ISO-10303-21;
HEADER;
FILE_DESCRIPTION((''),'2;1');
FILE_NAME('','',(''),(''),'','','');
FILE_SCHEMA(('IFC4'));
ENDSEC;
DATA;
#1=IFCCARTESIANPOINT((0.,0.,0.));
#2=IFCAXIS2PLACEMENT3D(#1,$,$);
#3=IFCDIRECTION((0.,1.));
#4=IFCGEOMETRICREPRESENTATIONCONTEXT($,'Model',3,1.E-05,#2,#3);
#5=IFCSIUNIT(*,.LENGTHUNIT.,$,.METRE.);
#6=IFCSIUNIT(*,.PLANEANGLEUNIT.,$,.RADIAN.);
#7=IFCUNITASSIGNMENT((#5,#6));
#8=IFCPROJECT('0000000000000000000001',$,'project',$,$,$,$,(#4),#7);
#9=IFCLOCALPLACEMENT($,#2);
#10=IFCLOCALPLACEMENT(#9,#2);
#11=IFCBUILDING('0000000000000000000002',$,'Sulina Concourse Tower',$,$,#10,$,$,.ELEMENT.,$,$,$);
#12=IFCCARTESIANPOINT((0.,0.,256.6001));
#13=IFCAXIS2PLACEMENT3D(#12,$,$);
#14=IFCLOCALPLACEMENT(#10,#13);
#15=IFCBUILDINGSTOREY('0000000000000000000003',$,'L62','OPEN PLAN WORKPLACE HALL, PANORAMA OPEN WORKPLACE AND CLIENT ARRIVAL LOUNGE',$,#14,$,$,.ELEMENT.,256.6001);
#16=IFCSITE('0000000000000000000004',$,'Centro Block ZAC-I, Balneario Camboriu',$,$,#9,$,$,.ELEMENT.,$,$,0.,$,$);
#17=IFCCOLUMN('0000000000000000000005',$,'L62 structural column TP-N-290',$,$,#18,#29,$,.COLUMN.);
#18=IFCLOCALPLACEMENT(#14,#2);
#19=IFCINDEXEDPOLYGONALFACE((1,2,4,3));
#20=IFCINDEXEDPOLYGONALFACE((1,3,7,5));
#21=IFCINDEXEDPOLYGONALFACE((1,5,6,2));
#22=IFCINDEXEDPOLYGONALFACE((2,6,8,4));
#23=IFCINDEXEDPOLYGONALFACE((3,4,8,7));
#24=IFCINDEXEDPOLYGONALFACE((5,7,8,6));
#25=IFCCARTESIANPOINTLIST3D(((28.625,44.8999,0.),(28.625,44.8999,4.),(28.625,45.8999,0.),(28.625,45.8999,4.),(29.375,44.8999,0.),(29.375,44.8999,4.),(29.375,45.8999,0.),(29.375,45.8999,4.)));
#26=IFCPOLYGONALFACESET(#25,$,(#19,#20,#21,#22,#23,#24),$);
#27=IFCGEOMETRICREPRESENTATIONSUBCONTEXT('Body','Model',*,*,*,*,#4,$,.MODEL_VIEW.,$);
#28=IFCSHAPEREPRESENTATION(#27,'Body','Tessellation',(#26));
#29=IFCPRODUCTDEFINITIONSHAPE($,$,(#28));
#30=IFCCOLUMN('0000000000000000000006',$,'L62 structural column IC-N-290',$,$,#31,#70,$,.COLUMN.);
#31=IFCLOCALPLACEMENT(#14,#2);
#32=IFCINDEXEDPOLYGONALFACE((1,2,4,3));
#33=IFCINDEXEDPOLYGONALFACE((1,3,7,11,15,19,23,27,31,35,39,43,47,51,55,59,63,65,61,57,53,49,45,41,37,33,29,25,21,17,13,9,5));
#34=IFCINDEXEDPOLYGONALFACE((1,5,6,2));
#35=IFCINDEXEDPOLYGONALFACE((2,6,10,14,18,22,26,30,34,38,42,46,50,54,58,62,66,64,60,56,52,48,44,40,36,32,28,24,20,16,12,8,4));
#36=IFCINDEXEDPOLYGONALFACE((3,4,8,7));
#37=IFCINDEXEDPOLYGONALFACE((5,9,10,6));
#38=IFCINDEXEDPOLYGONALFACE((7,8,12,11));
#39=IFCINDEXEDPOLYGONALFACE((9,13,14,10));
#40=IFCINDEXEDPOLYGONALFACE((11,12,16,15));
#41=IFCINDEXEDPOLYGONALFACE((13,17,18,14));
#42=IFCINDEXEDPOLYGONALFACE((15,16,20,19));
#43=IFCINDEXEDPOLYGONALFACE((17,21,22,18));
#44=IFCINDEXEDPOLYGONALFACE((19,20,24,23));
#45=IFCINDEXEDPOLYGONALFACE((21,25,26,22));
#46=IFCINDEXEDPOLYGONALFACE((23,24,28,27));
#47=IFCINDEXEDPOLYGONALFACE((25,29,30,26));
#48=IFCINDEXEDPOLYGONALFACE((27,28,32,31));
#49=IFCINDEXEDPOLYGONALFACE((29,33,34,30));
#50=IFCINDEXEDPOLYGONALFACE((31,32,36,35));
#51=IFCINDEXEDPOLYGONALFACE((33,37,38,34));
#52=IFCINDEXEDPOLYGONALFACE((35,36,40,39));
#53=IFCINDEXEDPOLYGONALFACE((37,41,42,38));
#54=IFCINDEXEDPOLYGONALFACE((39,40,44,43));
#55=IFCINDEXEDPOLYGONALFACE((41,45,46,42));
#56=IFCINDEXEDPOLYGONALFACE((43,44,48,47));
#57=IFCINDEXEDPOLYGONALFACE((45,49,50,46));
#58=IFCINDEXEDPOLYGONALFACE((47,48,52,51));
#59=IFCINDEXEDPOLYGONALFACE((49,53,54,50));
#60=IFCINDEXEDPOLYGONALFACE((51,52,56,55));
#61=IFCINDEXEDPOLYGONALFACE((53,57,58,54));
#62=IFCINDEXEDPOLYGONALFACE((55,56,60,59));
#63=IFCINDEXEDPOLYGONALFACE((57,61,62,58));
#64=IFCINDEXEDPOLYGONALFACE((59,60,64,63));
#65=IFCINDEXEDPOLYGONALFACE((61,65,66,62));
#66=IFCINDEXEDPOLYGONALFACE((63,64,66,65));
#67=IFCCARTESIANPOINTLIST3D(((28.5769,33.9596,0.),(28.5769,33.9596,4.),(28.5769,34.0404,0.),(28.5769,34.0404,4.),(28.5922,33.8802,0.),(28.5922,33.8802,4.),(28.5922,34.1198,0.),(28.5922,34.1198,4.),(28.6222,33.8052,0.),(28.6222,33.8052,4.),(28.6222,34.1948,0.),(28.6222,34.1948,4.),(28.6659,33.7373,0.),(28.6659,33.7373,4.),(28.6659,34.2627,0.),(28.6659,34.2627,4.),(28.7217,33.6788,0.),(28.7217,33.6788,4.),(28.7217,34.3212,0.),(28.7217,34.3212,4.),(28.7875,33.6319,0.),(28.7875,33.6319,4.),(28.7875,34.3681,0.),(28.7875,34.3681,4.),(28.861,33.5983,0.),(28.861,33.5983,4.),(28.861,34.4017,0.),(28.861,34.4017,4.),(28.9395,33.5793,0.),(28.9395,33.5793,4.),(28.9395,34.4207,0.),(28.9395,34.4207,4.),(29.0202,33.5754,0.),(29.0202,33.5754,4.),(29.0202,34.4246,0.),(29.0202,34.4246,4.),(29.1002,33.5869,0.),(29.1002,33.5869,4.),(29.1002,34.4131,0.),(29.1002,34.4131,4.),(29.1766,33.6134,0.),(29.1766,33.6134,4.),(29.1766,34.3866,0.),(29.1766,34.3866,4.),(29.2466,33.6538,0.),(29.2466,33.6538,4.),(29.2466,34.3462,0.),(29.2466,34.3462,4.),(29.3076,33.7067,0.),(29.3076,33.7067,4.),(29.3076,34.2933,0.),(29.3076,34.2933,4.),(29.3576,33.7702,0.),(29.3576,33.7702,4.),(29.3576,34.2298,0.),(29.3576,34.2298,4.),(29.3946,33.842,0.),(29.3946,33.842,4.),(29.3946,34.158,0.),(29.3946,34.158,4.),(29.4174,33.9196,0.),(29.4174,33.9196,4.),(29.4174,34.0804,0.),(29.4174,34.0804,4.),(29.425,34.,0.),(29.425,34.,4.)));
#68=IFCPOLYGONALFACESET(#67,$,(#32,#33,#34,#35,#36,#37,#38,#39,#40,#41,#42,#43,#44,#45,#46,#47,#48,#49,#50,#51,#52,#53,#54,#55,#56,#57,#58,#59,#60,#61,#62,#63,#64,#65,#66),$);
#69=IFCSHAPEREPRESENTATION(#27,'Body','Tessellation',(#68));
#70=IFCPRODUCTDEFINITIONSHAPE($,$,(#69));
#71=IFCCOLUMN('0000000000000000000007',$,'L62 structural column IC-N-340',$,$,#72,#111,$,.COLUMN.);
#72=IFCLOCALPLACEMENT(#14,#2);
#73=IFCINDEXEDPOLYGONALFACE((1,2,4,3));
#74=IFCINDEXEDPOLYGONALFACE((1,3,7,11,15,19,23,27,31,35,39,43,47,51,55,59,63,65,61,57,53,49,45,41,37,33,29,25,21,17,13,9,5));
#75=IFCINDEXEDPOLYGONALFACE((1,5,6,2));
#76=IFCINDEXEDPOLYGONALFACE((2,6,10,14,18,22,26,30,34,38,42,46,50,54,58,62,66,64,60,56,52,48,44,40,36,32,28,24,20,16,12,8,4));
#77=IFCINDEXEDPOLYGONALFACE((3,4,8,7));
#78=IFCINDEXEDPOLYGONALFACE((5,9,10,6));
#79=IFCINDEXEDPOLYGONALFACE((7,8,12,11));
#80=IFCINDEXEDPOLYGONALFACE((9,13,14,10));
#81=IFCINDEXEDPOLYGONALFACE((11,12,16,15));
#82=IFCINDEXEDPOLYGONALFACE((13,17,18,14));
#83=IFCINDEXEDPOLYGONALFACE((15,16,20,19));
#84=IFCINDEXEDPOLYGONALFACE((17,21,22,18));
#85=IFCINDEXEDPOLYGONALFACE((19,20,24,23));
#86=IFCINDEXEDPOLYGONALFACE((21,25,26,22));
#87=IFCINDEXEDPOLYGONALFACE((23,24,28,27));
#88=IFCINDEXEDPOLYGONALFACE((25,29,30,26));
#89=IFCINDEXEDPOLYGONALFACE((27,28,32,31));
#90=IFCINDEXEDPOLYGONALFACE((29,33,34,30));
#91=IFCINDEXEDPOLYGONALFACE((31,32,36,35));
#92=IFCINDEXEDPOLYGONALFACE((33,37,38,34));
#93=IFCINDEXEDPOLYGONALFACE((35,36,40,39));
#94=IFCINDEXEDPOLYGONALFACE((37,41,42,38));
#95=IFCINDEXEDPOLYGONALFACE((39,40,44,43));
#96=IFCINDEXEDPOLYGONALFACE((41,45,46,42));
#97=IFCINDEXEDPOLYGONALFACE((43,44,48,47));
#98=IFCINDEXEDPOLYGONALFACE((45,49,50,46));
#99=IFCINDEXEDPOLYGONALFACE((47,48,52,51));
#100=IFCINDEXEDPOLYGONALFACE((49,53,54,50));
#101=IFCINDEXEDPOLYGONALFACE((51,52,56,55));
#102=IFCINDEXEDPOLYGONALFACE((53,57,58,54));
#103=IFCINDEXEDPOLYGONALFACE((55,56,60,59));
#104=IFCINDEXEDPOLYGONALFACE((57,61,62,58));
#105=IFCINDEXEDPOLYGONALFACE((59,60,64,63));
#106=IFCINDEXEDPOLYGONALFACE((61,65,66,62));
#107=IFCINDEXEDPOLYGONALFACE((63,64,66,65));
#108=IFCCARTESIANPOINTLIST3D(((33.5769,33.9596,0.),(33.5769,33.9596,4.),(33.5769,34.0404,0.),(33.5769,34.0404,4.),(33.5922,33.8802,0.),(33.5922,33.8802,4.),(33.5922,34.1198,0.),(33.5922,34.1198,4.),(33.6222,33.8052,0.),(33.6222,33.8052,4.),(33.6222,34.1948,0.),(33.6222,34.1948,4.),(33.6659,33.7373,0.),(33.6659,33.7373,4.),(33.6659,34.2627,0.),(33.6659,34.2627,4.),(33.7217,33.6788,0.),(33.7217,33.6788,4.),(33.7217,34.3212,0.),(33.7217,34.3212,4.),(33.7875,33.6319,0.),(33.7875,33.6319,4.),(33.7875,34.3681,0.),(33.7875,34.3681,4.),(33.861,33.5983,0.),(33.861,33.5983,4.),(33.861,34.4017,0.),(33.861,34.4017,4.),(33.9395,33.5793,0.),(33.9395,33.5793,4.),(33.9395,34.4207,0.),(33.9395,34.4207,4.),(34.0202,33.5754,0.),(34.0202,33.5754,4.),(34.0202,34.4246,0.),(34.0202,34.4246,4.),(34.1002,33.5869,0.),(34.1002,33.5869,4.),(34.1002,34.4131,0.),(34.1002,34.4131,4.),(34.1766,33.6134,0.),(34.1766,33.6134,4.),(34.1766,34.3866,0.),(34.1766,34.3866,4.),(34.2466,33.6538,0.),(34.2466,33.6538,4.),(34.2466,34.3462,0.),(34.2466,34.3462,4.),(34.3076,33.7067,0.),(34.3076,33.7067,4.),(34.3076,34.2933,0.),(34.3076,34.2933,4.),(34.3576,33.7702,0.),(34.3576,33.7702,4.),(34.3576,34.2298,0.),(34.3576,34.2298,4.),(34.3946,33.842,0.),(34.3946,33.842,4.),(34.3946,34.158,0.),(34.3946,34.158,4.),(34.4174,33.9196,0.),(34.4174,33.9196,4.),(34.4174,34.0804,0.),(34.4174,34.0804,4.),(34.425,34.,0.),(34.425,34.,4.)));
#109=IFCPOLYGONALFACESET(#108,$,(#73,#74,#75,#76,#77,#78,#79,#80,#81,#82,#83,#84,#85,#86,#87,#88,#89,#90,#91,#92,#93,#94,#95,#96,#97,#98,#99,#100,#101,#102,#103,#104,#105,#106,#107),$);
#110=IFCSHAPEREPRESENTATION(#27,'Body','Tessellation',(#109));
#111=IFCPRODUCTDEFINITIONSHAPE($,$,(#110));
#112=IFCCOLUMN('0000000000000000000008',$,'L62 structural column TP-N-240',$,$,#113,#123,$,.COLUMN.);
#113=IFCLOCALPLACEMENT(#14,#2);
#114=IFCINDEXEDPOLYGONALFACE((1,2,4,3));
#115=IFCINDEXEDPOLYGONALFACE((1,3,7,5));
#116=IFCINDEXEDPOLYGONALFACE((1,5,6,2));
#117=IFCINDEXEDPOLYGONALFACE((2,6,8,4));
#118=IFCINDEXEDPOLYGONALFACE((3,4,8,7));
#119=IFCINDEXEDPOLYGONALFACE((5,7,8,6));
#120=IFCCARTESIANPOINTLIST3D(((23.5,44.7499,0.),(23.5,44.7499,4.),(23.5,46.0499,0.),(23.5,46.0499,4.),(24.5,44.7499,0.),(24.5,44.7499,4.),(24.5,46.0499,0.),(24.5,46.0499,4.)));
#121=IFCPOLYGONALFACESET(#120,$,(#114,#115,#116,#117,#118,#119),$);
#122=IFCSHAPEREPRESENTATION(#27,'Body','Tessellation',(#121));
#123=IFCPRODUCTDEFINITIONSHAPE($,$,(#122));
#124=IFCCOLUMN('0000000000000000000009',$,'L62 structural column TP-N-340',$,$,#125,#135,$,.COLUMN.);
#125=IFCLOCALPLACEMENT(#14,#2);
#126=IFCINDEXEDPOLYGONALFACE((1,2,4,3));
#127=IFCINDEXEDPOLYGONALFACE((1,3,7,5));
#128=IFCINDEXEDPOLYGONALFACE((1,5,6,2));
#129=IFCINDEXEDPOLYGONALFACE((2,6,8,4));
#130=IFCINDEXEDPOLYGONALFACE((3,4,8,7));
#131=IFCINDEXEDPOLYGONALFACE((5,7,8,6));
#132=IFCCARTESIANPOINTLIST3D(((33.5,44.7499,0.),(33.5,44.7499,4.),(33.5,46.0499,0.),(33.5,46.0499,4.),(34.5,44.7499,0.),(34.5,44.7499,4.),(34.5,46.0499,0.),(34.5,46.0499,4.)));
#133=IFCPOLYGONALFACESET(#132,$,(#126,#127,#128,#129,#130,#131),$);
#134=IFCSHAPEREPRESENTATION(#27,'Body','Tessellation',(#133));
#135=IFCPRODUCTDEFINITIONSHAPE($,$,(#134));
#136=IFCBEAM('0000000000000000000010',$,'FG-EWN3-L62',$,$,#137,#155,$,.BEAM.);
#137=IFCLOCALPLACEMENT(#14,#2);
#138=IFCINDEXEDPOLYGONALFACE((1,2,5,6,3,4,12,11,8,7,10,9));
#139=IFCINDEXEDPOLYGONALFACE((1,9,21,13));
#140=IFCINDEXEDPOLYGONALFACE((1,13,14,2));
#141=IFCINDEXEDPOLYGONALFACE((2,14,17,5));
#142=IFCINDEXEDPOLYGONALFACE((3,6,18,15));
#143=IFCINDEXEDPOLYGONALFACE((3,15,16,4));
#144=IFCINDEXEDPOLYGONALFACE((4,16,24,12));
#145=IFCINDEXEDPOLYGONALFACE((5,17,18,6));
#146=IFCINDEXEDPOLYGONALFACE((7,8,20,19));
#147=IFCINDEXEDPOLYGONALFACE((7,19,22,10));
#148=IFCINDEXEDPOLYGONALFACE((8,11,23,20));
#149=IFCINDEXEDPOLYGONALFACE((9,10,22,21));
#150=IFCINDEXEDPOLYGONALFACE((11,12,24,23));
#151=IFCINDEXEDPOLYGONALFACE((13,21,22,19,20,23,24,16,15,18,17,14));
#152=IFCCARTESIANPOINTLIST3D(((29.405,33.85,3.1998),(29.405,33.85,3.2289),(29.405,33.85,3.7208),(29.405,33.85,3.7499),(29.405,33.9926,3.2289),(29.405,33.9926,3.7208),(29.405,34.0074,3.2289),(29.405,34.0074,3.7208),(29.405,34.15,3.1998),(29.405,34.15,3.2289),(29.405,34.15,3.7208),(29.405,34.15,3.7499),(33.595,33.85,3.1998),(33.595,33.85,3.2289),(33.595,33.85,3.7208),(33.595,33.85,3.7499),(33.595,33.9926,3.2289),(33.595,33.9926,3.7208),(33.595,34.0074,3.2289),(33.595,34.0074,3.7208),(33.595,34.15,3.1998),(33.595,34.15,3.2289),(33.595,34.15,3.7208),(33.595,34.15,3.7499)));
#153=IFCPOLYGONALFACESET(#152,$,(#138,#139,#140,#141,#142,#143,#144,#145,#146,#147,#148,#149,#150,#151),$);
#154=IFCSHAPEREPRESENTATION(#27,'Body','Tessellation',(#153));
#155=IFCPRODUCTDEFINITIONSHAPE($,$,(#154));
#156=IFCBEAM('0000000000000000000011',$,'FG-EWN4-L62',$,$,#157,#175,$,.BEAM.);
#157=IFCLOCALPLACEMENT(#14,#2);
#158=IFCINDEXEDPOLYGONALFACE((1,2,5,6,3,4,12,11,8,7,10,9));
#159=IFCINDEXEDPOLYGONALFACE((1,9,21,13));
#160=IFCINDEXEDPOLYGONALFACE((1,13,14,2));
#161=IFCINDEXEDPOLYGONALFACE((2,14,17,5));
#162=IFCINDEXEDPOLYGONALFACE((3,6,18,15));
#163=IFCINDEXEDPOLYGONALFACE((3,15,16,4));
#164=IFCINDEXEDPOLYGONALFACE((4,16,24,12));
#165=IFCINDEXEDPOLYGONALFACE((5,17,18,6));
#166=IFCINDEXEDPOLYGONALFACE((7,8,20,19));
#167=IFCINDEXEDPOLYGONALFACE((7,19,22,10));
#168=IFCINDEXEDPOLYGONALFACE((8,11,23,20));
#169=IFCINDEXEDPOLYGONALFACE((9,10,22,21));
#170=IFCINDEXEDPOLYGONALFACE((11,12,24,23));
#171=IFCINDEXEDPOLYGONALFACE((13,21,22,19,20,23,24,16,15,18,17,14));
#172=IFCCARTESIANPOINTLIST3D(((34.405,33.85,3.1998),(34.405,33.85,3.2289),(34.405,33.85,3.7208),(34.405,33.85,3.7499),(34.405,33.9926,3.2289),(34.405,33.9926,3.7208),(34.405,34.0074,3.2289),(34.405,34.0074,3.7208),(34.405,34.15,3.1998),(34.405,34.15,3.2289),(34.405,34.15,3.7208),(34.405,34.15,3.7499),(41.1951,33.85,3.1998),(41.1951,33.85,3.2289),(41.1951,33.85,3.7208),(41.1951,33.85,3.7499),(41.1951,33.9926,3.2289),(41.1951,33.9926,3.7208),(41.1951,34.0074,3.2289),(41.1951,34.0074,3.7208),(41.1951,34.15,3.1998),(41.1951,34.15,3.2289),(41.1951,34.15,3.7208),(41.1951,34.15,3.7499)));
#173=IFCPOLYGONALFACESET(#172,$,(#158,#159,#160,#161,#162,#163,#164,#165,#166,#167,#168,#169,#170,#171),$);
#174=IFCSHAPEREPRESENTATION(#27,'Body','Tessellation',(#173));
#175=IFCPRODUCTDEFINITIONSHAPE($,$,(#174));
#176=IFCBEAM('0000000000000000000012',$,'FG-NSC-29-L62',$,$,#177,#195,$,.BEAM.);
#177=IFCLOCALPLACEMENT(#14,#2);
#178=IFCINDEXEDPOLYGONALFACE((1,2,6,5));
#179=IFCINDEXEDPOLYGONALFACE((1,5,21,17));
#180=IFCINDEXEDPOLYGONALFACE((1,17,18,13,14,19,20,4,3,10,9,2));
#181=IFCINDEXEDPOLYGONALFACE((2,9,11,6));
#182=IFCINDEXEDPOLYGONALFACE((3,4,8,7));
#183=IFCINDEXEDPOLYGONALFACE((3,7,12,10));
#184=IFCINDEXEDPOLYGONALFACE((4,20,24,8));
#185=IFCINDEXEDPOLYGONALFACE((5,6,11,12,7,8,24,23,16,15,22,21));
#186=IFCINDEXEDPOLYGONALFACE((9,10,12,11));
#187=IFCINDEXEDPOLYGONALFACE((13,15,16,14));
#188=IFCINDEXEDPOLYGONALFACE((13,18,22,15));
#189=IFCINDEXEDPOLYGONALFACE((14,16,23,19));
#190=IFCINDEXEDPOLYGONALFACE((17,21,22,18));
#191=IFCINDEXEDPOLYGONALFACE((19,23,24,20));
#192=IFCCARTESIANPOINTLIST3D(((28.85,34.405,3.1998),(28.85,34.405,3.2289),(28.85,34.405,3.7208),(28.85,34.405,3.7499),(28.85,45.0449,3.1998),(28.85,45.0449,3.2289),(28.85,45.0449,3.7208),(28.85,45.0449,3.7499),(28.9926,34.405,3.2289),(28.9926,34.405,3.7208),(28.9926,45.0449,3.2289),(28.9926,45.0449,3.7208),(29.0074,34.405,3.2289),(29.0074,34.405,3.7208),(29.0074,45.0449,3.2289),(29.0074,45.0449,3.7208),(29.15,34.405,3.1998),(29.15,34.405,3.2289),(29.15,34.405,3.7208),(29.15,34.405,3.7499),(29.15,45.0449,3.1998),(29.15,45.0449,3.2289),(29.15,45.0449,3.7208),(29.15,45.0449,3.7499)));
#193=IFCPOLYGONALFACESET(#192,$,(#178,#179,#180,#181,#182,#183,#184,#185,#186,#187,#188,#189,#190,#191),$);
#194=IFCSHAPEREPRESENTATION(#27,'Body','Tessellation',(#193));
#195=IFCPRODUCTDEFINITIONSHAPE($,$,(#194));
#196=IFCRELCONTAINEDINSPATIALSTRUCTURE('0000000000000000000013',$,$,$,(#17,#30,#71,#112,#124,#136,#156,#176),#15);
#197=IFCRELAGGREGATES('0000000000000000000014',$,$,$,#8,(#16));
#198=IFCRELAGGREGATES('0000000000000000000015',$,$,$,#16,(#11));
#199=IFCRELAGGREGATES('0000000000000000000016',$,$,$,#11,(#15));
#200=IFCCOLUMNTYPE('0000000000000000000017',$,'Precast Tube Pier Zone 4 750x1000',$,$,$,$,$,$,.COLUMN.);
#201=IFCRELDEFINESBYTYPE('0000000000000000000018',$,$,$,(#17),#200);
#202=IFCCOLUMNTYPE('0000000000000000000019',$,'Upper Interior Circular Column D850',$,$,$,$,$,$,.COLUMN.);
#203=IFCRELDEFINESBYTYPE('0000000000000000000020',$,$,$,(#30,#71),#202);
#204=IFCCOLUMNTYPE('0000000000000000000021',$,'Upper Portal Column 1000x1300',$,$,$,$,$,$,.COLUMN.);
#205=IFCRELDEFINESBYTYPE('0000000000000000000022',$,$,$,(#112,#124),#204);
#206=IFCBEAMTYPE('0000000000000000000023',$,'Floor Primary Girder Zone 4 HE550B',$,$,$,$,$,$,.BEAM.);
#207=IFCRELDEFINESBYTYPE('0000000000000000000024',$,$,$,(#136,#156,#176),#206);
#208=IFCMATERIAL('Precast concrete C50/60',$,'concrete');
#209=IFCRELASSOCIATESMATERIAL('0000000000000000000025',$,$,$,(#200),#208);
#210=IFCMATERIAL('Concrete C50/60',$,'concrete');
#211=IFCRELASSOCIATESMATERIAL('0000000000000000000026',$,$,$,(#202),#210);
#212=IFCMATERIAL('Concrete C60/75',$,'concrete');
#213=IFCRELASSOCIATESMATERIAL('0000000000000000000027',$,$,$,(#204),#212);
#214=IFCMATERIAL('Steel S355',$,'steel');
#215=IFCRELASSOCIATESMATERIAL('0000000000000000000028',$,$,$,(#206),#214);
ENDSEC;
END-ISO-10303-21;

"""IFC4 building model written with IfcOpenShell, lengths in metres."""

from ifc_helpers import new_model, si_unit, direction, frame, origin, origin_2d, place, context, subcontext, project, spatial, rectangle, circle, i_section, extrude, material, material_profile, profile_set, type_object, element, save


model = new_model("IFC4")

# Units and contexts
model_context = context("Model", 3, precision=1e-05, world=origin(), true_north=direction((0.0, 1.0)))
body_context = subcontext(model_context, "Body", "Model", "MODEL_VIEW")
ifc_project = project(units=[si_unit("LENGTHUNIT", "METRE"), si_unit("PLANEANGLEUNIT", "RADIAN")], contexts=[model_context])

# Site, building, storey
site_placement = place(None, origin())
site = spatial("IfcSite", under=ifc_project, at=site_placement, Name="Centro Block ZAC-I, Balneario Camboriu", CompositionType="ELEMENT", RefElevation=0.0)
building_placement = place(site_placement, origin())
building = spatial("IfcBuilding", under=site, at=building_placement, Name="Sulina Concourse Tower", CompositionType="ELEMENT")
storey_placement = place(building_placement, frame((0.0, 0.0, 256.6001)))
storey = spatial("IfcBuildingStorey", under=building, at=storey_placement, Name="L62", Description="OPEN PLAN WORKPLACE HALL, PANORAMA OPEN WORKPLACE AND CLIENT ARRIVAL LOUNGE", CompositionType="ELEMENT", Elevation=256.6001)

# Columns
ifc_material_1 = material(Name="Precast concrete C50/60", Category="concrete")
ifc_material_profile_1 = material_profile(ifc_material_1, rectangle(XDim=0.75, YDim=1.0, at=origin_2d()), Name="PC 750x1000")
ifc_profile_set_1 = profile_set([ifc_material_profile_1], Name="Precast concrete C50/60")
column_type_1 = type_object("IfcColumnType", Name="Precast Tube Pier Zone 4 750x1000", PredefinedType="COLUMN", material=ifc_profile_set_1)
column_placement = place(storey_placement, frame((29.0, 45.3999, 0.0), z_axis=(0.0, 0.0, 1.0), x_axis=(1.0, 0.0, 0.0)))
element("IfcColumn", 1, at=column_placement, inside=storey, type_object=column_type_1, Name="L62 structural column TP-N-290", PredefinedType="COLUMN", context=body_context, shape_type="SweptSolid", body=[
    extrude(rectangle(XDim=0.75, YDim=1.0, at=origin_2d()), origin(), (0.0, 0.0, 1.0), 4.0),
])
ifc_material_2 = material(Name="Concrete C50/60", Category="concrete")
ifc_material_profile_2 = material_profile(ifc_material_2, circle(Radius=0.425, at=origin_2d()), Name="RC D850")
ifc_profile_set_2 = profile_set([ifc_material_profile_2], Name="Concrete C50/60")
column_type_2 = type_object("IfcColumnType", Name="Upper Interior Circular Column D850", PredefinedType="COLUMN", material=ifc_profile_set_2)
for number, where, z_axis, x_axis, name in (
    (2, (29.0, 34.0, 0.0), (0.0, 0.0, 1.0), (1.0, 0.0, 0.0), "L62 structural column IC-N-290"),
    (3, (34.0, 34.0, 0.0), (0.0, 0.0, 1.0), (1.0, 0.0, 0.0), "L62 structural column IC-N-340"),
):
    element("IfcColumn", number, at=place(storey_placement, frame(where, z_axis=z_axis, x_axis=x_axis)), inside=storey, type_object=column_type_2, Name=name, PredefinedType="COLUMN", context=body_context, shape_type="SweptSolid", body=[
        extrude(circle(Radius=0.425, at=origin_2d()), origin(), (0.0, 0.0, 1.0), 4.0),
    ])
ifc_material_3 = material(Name="Concrete C60/75", Category="concrete")
ifc_material_profile_3 = material_profile(ifc_material_3, rectangle(XDim=1.0, YDim=1.3, at=origin_2d()), Name="RC 1000x1300")
ifc_profile_set_3 = profile_set([ifc_material_profile_3], Name="Concrete C60/75")
column_type_3 = type_object("IfcColumnType", Name="Upper Portal Column 1000x1300", PredefinedType="COLUMN", material=ifc_profile_set_3)
for number, where, z_axis, x_axis, name in (
    (4, (24.0, 45.3999, 0.0), (0.0, 0.0, 1.0), (1.0, 0.0, 0.0), "L62 structural column TP-N-240"),
    (5, (34.0, 45.3999, 0.0), (0.0, 0.0, 1.0), (1.0, 0.0, 0.0), "L62 structural column TP-N-340"),
):
    element("IfcColumn", number, at=place(storey_placement, frame(where, z_axis=z_axis, x_axis=x_axis)), inside=storey, type_object=column_type_3, Name=name, PredefinedType="COLUMN", context=body_context, shape_type="SweptSolid", body=[
        extrude(rectangle(XDim=1.0, YDim=1.3, at=origin_2d()), origin(), (0.0, 0.0, 1.0), 4.0),
    ])

# Beams
ifc_material_4 = material(Name="Steel S355", Category="steel")
ifc_material_profile_4 = material_profile(ifc_material_4, i_section(OverallWidth=0.3, OverallDepth=0.55, WebThickness=0.0149, FlangeThickness=0.0291, at=origin_2d()), Name="HE 550 B")
ifc_profile_set_4 = profile_set([ifc_material_profile_4], Name="Steel S355")
beam_type_1 = type_object("IfcBeamType", Name="Floor Primary Girder Zone 4 HE550B", PredefinedType="BEAM", material=ifc_profile_set_4)
beam_1_placement = place(storey_placement, frame((29.405, 34.0, 3.4749), z_axis=(1.0, 0.0, 0.0), x_axis=(0.0, 1.0, 0.0)))
element("IfcBeam", 6, at=beam_1_placement, inside=storey, type_object=beam_type_1, Name="FG-EWN3-L62", PredefinedType="BEAM", context=body_context, shape_type="SweptSolid", body=[
    extrude(i_section(OverallWidth=0.3, OverallDepth=0.55, WebThickness=0.0149, FlangeThickness=0.0291, at=origin_2d()), origin(), (0.0, 0.0, 1.0), 4.1899),
])
beam_2_placement = place(storey_placement, frame((34.405, 34.0, 3.4749), z_axis=(1.0, 0.0, 0.0), x_axis=(0.0, 1.0, 0.0)))
element("IfcBeam", 7, at=beam_2_placement, inside=storey, type_object=beam_type_1, Name="FG-EWN4-L62", PredefinedType="BEAM", context=body_context, shape_type="SweptSolid", body=[
    extrude(i_section(OverallWidth=0.3, OverallDepth=0.55, WebThickness=0.0149, FlangeThickness=0.0291, at=origin_2d()), origin(), (0.0, 0.0, 1.0), 6.79),
])
beam_3_placement = place(storey_placement, frame((29.0, 34.405, 3.4749), z_axis=(0.0, 1.0, 0.0), x_axis=(-1.0, 0.0, 0.0)))
element("IfcBeam", 8, at=beam_3_placement, inside=storey, type_object=beam_type_1, Name="FG-NSC-29-L62", PredefinedType="BEAM", context=body_context, shape_type="SweptSolid", body=[
    extrude(i_section(OverallWidth=0.3, OverallDepth=0.55, WebThickness=0.0149, FlangeThickness=0.0291, at=origin_2d()), origin(), (0.0, 0.0, 1.0), 10.6399),
])

save(model, "model.ifc")
